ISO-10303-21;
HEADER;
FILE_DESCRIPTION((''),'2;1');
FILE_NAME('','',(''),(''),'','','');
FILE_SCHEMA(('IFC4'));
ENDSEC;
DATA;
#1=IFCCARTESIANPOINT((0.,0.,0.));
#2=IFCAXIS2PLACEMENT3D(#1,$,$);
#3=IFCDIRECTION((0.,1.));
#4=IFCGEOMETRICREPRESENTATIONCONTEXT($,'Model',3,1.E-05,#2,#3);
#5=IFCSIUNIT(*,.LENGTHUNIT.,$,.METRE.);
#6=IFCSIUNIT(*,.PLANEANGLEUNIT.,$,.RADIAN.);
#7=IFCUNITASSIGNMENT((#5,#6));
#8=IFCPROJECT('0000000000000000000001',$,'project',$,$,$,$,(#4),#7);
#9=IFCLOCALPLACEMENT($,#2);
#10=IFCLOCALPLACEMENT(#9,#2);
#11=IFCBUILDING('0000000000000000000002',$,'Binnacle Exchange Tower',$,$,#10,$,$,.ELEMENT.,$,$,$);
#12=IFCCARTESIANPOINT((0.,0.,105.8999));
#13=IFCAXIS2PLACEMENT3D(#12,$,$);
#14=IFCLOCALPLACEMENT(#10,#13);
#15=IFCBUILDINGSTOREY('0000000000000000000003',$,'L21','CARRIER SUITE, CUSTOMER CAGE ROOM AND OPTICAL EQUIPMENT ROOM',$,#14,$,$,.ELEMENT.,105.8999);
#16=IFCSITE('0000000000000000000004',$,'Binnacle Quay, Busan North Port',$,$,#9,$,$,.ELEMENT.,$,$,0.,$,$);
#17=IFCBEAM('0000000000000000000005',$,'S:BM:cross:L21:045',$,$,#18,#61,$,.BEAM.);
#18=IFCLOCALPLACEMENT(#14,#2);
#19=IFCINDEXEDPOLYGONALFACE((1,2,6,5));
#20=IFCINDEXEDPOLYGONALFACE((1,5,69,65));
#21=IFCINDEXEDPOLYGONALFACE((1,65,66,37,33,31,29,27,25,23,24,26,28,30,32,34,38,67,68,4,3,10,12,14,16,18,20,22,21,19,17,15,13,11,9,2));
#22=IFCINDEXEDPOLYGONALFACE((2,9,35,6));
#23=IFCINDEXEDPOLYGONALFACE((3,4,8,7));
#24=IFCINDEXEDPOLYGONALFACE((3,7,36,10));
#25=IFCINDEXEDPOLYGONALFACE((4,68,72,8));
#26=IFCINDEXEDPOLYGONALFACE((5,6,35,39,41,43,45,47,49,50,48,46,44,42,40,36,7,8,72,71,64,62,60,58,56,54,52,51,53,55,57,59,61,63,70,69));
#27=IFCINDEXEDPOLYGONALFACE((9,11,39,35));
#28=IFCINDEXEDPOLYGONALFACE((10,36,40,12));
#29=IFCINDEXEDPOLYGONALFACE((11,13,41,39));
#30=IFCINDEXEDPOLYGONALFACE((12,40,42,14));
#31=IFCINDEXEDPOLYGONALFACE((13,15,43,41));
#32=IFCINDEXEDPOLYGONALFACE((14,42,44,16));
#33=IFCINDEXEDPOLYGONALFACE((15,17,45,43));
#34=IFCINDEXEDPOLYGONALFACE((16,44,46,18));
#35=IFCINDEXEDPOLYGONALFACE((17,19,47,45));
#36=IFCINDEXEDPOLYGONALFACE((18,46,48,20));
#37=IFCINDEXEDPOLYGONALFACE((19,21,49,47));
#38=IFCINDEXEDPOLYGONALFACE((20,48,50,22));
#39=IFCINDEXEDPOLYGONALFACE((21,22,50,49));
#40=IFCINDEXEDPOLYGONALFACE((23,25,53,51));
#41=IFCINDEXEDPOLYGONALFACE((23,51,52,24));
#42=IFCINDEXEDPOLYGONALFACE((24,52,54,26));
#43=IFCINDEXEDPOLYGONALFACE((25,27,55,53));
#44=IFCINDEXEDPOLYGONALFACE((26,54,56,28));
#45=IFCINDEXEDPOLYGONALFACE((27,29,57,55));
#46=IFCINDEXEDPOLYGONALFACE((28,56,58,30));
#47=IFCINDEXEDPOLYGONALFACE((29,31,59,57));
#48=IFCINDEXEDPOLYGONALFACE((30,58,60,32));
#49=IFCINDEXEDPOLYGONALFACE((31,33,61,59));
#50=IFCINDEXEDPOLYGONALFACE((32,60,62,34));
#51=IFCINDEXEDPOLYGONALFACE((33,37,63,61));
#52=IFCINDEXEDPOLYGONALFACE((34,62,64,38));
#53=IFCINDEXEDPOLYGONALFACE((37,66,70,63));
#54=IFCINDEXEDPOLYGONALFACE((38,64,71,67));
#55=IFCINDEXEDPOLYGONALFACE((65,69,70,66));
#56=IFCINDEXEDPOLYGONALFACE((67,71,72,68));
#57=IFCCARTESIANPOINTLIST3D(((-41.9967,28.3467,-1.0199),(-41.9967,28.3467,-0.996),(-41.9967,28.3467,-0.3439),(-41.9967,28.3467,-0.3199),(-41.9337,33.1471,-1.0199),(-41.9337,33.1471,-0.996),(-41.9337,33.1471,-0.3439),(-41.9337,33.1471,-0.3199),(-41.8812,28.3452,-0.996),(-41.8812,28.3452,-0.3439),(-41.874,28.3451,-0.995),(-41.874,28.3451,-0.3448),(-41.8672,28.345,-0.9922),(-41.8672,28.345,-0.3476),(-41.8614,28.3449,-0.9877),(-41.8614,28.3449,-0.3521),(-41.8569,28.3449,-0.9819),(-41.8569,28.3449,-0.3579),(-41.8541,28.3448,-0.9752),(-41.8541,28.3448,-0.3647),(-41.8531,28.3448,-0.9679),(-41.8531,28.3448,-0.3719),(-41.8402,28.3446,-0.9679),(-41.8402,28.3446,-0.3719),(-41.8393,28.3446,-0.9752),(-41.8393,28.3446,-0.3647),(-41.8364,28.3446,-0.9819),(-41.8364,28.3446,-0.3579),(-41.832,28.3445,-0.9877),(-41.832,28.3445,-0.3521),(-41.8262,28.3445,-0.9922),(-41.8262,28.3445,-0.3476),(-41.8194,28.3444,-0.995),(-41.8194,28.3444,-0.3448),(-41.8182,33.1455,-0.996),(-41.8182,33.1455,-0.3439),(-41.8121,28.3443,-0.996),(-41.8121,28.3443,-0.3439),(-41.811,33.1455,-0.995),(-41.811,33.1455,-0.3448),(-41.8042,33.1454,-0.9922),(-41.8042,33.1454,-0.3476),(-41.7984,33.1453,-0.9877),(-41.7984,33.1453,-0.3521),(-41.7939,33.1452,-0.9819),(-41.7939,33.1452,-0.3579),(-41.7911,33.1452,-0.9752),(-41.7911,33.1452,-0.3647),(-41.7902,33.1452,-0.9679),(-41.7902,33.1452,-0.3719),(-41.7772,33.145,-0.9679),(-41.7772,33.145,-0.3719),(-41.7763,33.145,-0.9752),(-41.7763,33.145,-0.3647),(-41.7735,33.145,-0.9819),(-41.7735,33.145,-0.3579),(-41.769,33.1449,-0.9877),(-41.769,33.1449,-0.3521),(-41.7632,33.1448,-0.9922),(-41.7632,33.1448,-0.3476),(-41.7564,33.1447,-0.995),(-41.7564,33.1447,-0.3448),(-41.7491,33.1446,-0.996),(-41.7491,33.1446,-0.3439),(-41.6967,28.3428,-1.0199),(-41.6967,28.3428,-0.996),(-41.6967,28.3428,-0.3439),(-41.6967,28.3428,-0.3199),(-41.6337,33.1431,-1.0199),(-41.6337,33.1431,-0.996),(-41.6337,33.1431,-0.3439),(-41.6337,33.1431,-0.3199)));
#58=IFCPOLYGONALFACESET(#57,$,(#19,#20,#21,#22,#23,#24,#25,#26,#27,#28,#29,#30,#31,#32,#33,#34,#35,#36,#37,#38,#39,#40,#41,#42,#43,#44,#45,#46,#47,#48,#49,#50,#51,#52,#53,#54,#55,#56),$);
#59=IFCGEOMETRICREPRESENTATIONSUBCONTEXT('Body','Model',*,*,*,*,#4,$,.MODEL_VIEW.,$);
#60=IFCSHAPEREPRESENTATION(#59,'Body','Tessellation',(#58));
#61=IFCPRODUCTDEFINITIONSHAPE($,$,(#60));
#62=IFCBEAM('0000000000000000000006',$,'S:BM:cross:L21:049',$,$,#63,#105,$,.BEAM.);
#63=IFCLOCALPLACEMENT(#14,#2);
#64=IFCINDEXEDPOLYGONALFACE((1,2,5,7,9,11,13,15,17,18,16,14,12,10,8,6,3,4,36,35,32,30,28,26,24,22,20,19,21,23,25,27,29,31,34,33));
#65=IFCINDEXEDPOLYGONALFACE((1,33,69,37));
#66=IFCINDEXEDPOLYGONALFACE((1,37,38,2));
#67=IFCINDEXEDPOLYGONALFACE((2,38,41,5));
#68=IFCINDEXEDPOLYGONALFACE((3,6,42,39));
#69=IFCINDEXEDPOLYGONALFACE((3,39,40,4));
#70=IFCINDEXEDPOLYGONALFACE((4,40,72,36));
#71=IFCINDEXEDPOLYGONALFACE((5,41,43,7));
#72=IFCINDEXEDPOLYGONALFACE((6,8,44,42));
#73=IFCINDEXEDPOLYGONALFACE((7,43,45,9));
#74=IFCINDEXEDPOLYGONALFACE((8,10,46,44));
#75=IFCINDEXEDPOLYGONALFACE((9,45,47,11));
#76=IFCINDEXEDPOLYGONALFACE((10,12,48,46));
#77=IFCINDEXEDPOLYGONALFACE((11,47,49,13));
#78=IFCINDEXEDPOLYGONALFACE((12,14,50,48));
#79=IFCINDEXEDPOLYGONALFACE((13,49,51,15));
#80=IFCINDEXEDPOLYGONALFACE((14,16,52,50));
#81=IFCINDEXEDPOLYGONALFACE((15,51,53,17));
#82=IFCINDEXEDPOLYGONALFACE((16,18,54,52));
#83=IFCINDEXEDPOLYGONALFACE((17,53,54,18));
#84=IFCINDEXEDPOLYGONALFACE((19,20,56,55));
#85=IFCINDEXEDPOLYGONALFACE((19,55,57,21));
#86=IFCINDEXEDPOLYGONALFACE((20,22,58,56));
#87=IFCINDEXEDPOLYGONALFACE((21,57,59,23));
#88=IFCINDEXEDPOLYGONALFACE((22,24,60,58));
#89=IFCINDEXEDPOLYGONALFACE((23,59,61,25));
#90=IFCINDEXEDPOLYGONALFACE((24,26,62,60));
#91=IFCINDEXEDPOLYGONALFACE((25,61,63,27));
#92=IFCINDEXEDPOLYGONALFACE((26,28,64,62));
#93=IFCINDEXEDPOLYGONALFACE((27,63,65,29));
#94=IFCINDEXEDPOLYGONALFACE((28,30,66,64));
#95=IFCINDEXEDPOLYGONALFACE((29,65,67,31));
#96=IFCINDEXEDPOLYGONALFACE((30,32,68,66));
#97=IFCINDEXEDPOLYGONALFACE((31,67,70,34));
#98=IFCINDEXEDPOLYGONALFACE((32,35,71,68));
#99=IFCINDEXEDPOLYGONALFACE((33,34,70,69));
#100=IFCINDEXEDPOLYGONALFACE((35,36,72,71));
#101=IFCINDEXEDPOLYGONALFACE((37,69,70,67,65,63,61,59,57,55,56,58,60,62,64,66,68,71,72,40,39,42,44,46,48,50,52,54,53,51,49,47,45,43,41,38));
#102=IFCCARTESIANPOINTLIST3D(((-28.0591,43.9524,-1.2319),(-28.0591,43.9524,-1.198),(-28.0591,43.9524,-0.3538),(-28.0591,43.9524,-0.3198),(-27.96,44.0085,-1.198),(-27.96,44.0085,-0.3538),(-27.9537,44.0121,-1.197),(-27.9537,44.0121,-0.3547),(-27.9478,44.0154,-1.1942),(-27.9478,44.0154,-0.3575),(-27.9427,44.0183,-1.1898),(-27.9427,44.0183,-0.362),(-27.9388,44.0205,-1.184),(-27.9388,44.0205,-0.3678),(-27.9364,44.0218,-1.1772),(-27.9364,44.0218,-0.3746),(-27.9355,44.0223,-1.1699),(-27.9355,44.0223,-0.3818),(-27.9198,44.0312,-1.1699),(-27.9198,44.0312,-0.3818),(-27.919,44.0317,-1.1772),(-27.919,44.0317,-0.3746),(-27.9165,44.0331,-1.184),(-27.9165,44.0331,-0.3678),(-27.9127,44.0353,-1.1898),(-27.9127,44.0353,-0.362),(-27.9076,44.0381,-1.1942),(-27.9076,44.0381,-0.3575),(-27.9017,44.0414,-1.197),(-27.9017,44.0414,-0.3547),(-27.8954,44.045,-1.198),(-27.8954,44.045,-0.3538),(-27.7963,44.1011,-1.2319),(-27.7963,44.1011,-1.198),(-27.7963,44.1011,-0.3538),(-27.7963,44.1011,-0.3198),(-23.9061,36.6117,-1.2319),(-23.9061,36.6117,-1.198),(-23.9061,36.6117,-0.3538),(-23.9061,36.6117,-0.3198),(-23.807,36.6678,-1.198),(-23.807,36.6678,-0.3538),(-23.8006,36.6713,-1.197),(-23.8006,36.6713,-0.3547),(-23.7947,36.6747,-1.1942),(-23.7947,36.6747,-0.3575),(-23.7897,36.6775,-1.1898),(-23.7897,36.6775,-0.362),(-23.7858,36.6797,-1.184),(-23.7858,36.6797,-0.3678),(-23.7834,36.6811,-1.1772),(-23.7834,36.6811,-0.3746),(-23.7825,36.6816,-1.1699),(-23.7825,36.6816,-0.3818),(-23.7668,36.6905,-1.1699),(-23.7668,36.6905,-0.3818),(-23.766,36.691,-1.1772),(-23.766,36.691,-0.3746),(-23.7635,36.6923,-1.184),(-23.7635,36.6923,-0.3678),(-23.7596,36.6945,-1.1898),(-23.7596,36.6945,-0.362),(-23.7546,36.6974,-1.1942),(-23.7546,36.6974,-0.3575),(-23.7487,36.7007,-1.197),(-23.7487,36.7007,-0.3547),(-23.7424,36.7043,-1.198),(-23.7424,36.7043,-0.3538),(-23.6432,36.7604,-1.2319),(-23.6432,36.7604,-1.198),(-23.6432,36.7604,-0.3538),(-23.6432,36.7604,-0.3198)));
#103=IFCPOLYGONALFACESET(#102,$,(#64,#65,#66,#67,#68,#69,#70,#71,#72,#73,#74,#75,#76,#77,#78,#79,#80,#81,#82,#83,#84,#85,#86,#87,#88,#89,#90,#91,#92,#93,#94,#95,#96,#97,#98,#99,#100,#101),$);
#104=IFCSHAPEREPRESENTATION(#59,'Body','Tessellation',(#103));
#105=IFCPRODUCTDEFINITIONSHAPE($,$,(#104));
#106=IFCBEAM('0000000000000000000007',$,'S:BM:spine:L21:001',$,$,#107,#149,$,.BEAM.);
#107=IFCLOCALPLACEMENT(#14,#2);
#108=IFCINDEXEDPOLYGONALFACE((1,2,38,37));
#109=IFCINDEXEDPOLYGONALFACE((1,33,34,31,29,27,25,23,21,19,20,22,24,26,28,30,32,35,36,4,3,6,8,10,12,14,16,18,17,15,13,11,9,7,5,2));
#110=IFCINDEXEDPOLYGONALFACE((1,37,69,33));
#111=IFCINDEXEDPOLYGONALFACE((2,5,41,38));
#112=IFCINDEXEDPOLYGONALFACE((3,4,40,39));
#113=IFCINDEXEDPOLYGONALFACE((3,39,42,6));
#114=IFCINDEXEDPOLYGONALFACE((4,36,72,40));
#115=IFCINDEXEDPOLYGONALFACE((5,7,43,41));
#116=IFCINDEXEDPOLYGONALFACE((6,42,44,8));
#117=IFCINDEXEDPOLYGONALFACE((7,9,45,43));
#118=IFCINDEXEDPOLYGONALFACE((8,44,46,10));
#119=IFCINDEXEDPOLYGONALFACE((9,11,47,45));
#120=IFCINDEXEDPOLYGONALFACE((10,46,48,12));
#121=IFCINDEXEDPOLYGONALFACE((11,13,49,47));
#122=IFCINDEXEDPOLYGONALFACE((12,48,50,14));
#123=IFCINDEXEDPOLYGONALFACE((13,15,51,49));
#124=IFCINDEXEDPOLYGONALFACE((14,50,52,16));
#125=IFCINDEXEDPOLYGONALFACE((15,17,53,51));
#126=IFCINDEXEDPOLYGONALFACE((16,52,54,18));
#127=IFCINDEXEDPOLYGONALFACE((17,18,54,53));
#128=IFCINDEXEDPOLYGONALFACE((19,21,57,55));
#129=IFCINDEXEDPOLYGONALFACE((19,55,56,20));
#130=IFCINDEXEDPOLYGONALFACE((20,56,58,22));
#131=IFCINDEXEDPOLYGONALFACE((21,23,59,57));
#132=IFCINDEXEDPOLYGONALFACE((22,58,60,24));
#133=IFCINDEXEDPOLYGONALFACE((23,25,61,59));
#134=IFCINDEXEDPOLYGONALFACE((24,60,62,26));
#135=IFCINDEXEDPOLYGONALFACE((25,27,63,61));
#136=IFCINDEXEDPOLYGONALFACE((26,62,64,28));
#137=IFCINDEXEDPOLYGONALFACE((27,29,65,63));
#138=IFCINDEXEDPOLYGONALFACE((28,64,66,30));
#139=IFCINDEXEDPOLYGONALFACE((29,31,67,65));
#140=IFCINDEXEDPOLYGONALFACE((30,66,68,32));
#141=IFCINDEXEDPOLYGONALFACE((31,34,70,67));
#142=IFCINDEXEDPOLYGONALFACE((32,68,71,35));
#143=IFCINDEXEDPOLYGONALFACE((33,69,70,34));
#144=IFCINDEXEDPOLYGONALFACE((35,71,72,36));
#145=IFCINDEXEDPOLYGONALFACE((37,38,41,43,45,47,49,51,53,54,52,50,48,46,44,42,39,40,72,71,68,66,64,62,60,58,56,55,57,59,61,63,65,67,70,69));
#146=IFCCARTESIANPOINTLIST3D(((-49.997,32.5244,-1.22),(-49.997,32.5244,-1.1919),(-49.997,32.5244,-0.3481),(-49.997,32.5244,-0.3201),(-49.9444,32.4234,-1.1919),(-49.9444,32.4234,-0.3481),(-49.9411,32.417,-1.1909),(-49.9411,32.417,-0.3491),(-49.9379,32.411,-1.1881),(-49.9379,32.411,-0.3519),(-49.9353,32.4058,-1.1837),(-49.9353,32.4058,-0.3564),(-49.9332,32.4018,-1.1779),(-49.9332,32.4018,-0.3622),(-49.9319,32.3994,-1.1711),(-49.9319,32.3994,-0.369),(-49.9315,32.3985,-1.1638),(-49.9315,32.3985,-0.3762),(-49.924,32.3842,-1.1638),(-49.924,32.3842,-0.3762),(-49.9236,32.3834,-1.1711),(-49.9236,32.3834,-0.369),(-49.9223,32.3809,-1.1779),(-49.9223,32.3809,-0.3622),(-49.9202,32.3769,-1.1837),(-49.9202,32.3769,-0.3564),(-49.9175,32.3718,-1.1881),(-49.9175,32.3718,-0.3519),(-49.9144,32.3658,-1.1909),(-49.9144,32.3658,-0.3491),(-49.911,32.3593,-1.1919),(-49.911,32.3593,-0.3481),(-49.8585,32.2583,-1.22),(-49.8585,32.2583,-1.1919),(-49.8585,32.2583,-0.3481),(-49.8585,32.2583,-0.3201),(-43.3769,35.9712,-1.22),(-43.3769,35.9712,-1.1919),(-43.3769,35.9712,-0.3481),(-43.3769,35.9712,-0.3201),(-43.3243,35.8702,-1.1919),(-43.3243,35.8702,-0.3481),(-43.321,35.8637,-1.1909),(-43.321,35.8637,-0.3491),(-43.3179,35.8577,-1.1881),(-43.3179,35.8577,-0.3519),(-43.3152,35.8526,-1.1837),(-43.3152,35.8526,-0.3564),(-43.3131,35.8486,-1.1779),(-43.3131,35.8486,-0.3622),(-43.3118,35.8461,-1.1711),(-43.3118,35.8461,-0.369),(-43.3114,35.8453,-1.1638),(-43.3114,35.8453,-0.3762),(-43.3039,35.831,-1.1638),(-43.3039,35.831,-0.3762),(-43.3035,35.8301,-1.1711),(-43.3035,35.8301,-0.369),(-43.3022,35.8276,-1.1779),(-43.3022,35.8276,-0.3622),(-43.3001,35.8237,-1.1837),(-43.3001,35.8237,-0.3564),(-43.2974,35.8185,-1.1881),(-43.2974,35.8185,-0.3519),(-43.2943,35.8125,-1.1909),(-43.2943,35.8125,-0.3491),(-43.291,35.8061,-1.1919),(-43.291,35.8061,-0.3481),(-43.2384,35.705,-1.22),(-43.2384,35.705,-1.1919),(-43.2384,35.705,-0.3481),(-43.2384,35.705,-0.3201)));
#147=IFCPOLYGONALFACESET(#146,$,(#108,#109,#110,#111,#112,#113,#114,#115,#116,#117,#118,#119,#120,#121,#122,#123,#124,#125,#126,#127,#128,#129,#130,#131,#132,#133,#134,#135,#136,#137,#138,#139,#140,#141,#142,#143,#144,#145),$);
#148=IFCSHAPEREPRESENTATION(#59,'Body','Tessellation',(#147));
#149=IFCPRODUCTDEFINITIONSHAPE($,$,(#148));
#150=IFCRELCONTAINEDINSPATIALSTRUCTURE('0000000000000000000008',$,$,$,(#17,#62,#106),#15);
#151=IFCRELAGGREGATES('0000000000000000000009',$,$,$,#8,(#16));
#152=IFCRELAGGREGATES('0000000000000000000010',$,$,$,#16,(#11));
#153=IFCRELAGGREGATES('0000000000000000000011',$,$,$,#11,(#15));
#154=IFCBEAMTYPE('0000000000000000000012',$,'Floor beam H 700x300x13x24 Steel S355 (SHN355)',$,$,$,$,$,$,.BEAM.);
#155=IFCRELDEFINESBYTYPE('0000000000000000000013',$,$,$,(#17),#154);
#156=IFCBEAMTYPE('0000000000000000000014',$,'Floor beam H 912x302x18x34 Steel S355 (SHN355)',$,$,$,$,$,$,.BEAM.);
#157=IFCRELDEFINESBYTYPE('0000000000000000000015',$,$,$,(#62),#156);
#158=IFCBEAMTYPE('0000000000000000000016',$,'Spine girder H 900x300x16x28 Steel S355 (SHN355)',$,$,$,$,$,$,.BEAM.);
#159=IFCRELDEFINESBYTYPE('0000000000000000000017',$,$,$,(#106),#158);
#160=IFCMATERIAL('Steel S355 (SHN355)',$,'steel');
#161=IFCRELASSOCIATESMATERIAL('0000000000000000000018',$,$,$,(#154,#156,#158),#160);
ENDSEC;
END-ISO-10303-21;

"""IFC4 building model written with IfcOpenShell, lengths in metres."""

from ifc_helpers import new_model, si_unit, direction, frame, origin, origin_2d, place, context, subcontext, project, spatial, i_section, extrude, material, material_profile, profile_set, type_object, element, save


model = new_model("IFC4")

# Units and contexts
model_context = context("Model", 3, precision=1e-05, world=origin(), true_north=direction((0.0, 1.0)))
body_context = subcontext(model_context, "Body", "Model", "MODEL_VIEW")
ifc_project = project(units=[si_unit("LENGTHUNIT", "METRE"), si_unit("PLANEANGLEUNIT", "RADIAN")], contexts=[model_context])

# Site, building, storey
site_placement = place(None, origin())
site = spatial("IfcSite", under=ifc_project, at=site_placement, Name="Binnacle Quay, Busan North Port", CompositionType="ELEMENT", RefElevation=0.0)
building_placement = place(site_placement, origin())
building = spatial("IfcBuilding", under=site, at=building_placement, Name="Binnacle Exchange Tower", CompositionType="ELEMENT")
storey_placement = place(building_placement, frame((0.0, 0.0, 105.8999)))
storey = spatial("IfcBuildingStorey", under=building, at=storey_placement, Name="L21", Description="CARRIER SUITE, CUSTOMER CAGE ROOM AND OPTICAL EQUIPMENT ROOM", CompositionType="ELEMENT", Elevation=105.8999)

# Beams
ifc_material_1 = material(Name="Steel S355 (SHN355)", Category="steel")
ifc_material_profile_1 = material_profile(ifc_material_1, i_section(OverallWidth=0.3, OverallDepth=0.7, WebThickness=0.0129, FlangeThickness=0.0239, FilletRadius=0.0281, at=origin_2d()), Name="H 700x300x13x24")
ifc_profile_set_1 = profile_set([ifc_material_profile_1], Name="Steel S355 (SHN355)")
beam_type_1 = type_object("IfcBeamType", Name="Floor beam H 700x300x13x24 Steel S355 (SHN355)", PredefinedType="BEAM", material=ifc_profile_set_1)
beam_1_placement = place(storey_placement, frame((-41.8467, 28.3447, -0.6699), z_axis=(0.013121, 0.999914, 0.0), x_axis=(-0.999914, 0.013121, 0.0)))
element("IfcBeam", 1, at=beam_1_placement, inside=storey, type_object=beam_type_1, Name="S:BM:cross:L21:045", PredefinedType="BEAM", context=body_context, shape_type="SweptSolid", body=[
    extrude(i_section(OverallWidth=0.3, OverallDepth=0.7, WebThickness=0.0129, FlangeThickness=0.0239, FilletRadius=0.0281, at=origin_2d()), origin(), (0.0, 0.0, 1.0), 4.8008),
])
ifc_material_profile_2 = material_profile(ifc_material_1, i_section(OverallWidth=0.302, OverallDepth=0.9121, WebThickness=0.0181, FlangeThickness=0.0339, FilletRadius=0.0281, at=origin_2d()), Name="H 912x302x18x34")
ifc_profile_set_2 = profile_set([ifc_material_profile_2], Name="Steel S355 (SHN355)")
beam_type_2 = type_object("IfcBeamType", Name="Floor beam H 912x302x18x34 Steel S355 (SHN355)", PredefinedType="BEAM", material=ifc_profile_set_2)
beam_2_placement = place(storey_placement, frame((-23.7747, 36.686, -0.7759), z_axis=(-0.492409, 0.870364, 0.0), x_axis=(-0.870364, -0.492409, 0.0)))
element("IfcBeam", 2, at=beam_2_placement, inside=storey, type_object=beam_type_2, Name="S:BM:cross:L21:049", PredefinedType="BEAM", context=body_context, shape_type="SweptSolid", body=[
    extrude(i_section(OverallWidth=0.302, OverallDepth=0.9121, WebThickness=0.0181, FlangeThickness=0.0339, FilletRadius=0.0281, at=origin_2d()), origin(), (0.0, 0.0, 1.0), 8.4341),
])
ifc_material_profile_3 = material_profile(ifc_material_1, i_section(OverallWidth=0.3, OverallDepth=0.8999, WebThickness=0.0161, FlangeThickness=0.0281, FilletRadius=0.0281, at=origin_2d()), Name="H 900x300x16x28")
ifc_profile_set_3 = profile_set([ifc_material_profile_3], Name="Steel S355 (SHN355)")
beam_type_3 = type_object("IfcBeamType", Name="Spine girder H 900x300x16x28 Steel S355 (SHN355)", PredefinedType="BEAM", material=ifc_profile_set_3)
beam_3_placement = place(storey_placement, frame((-49.9277, 32.3914, -0.77), z_axis=(0.88698, 0.461808, 0.0), x_axis=(-0.461808, 0.88698, 0.0)))
element("IfcBeam", 3, at=beam_3_placement, inside=storey, type_object=beam_type_3, Name="S:BM:spine:L21:001", PredefinedType="BEAM", context=body_context, shape_type="SweptSolid", body=[
    extrude(i_section(OverallWidth=0.3, OverallDepth=0.8999, WebThickness=0.0161, FlangeThickness=0.0281, FilletRadius=0.0281, at=origin_2d()), origin(), (0.0, 0.0, 1.0), 7.4636),
])

save(model, "model.ifc")
